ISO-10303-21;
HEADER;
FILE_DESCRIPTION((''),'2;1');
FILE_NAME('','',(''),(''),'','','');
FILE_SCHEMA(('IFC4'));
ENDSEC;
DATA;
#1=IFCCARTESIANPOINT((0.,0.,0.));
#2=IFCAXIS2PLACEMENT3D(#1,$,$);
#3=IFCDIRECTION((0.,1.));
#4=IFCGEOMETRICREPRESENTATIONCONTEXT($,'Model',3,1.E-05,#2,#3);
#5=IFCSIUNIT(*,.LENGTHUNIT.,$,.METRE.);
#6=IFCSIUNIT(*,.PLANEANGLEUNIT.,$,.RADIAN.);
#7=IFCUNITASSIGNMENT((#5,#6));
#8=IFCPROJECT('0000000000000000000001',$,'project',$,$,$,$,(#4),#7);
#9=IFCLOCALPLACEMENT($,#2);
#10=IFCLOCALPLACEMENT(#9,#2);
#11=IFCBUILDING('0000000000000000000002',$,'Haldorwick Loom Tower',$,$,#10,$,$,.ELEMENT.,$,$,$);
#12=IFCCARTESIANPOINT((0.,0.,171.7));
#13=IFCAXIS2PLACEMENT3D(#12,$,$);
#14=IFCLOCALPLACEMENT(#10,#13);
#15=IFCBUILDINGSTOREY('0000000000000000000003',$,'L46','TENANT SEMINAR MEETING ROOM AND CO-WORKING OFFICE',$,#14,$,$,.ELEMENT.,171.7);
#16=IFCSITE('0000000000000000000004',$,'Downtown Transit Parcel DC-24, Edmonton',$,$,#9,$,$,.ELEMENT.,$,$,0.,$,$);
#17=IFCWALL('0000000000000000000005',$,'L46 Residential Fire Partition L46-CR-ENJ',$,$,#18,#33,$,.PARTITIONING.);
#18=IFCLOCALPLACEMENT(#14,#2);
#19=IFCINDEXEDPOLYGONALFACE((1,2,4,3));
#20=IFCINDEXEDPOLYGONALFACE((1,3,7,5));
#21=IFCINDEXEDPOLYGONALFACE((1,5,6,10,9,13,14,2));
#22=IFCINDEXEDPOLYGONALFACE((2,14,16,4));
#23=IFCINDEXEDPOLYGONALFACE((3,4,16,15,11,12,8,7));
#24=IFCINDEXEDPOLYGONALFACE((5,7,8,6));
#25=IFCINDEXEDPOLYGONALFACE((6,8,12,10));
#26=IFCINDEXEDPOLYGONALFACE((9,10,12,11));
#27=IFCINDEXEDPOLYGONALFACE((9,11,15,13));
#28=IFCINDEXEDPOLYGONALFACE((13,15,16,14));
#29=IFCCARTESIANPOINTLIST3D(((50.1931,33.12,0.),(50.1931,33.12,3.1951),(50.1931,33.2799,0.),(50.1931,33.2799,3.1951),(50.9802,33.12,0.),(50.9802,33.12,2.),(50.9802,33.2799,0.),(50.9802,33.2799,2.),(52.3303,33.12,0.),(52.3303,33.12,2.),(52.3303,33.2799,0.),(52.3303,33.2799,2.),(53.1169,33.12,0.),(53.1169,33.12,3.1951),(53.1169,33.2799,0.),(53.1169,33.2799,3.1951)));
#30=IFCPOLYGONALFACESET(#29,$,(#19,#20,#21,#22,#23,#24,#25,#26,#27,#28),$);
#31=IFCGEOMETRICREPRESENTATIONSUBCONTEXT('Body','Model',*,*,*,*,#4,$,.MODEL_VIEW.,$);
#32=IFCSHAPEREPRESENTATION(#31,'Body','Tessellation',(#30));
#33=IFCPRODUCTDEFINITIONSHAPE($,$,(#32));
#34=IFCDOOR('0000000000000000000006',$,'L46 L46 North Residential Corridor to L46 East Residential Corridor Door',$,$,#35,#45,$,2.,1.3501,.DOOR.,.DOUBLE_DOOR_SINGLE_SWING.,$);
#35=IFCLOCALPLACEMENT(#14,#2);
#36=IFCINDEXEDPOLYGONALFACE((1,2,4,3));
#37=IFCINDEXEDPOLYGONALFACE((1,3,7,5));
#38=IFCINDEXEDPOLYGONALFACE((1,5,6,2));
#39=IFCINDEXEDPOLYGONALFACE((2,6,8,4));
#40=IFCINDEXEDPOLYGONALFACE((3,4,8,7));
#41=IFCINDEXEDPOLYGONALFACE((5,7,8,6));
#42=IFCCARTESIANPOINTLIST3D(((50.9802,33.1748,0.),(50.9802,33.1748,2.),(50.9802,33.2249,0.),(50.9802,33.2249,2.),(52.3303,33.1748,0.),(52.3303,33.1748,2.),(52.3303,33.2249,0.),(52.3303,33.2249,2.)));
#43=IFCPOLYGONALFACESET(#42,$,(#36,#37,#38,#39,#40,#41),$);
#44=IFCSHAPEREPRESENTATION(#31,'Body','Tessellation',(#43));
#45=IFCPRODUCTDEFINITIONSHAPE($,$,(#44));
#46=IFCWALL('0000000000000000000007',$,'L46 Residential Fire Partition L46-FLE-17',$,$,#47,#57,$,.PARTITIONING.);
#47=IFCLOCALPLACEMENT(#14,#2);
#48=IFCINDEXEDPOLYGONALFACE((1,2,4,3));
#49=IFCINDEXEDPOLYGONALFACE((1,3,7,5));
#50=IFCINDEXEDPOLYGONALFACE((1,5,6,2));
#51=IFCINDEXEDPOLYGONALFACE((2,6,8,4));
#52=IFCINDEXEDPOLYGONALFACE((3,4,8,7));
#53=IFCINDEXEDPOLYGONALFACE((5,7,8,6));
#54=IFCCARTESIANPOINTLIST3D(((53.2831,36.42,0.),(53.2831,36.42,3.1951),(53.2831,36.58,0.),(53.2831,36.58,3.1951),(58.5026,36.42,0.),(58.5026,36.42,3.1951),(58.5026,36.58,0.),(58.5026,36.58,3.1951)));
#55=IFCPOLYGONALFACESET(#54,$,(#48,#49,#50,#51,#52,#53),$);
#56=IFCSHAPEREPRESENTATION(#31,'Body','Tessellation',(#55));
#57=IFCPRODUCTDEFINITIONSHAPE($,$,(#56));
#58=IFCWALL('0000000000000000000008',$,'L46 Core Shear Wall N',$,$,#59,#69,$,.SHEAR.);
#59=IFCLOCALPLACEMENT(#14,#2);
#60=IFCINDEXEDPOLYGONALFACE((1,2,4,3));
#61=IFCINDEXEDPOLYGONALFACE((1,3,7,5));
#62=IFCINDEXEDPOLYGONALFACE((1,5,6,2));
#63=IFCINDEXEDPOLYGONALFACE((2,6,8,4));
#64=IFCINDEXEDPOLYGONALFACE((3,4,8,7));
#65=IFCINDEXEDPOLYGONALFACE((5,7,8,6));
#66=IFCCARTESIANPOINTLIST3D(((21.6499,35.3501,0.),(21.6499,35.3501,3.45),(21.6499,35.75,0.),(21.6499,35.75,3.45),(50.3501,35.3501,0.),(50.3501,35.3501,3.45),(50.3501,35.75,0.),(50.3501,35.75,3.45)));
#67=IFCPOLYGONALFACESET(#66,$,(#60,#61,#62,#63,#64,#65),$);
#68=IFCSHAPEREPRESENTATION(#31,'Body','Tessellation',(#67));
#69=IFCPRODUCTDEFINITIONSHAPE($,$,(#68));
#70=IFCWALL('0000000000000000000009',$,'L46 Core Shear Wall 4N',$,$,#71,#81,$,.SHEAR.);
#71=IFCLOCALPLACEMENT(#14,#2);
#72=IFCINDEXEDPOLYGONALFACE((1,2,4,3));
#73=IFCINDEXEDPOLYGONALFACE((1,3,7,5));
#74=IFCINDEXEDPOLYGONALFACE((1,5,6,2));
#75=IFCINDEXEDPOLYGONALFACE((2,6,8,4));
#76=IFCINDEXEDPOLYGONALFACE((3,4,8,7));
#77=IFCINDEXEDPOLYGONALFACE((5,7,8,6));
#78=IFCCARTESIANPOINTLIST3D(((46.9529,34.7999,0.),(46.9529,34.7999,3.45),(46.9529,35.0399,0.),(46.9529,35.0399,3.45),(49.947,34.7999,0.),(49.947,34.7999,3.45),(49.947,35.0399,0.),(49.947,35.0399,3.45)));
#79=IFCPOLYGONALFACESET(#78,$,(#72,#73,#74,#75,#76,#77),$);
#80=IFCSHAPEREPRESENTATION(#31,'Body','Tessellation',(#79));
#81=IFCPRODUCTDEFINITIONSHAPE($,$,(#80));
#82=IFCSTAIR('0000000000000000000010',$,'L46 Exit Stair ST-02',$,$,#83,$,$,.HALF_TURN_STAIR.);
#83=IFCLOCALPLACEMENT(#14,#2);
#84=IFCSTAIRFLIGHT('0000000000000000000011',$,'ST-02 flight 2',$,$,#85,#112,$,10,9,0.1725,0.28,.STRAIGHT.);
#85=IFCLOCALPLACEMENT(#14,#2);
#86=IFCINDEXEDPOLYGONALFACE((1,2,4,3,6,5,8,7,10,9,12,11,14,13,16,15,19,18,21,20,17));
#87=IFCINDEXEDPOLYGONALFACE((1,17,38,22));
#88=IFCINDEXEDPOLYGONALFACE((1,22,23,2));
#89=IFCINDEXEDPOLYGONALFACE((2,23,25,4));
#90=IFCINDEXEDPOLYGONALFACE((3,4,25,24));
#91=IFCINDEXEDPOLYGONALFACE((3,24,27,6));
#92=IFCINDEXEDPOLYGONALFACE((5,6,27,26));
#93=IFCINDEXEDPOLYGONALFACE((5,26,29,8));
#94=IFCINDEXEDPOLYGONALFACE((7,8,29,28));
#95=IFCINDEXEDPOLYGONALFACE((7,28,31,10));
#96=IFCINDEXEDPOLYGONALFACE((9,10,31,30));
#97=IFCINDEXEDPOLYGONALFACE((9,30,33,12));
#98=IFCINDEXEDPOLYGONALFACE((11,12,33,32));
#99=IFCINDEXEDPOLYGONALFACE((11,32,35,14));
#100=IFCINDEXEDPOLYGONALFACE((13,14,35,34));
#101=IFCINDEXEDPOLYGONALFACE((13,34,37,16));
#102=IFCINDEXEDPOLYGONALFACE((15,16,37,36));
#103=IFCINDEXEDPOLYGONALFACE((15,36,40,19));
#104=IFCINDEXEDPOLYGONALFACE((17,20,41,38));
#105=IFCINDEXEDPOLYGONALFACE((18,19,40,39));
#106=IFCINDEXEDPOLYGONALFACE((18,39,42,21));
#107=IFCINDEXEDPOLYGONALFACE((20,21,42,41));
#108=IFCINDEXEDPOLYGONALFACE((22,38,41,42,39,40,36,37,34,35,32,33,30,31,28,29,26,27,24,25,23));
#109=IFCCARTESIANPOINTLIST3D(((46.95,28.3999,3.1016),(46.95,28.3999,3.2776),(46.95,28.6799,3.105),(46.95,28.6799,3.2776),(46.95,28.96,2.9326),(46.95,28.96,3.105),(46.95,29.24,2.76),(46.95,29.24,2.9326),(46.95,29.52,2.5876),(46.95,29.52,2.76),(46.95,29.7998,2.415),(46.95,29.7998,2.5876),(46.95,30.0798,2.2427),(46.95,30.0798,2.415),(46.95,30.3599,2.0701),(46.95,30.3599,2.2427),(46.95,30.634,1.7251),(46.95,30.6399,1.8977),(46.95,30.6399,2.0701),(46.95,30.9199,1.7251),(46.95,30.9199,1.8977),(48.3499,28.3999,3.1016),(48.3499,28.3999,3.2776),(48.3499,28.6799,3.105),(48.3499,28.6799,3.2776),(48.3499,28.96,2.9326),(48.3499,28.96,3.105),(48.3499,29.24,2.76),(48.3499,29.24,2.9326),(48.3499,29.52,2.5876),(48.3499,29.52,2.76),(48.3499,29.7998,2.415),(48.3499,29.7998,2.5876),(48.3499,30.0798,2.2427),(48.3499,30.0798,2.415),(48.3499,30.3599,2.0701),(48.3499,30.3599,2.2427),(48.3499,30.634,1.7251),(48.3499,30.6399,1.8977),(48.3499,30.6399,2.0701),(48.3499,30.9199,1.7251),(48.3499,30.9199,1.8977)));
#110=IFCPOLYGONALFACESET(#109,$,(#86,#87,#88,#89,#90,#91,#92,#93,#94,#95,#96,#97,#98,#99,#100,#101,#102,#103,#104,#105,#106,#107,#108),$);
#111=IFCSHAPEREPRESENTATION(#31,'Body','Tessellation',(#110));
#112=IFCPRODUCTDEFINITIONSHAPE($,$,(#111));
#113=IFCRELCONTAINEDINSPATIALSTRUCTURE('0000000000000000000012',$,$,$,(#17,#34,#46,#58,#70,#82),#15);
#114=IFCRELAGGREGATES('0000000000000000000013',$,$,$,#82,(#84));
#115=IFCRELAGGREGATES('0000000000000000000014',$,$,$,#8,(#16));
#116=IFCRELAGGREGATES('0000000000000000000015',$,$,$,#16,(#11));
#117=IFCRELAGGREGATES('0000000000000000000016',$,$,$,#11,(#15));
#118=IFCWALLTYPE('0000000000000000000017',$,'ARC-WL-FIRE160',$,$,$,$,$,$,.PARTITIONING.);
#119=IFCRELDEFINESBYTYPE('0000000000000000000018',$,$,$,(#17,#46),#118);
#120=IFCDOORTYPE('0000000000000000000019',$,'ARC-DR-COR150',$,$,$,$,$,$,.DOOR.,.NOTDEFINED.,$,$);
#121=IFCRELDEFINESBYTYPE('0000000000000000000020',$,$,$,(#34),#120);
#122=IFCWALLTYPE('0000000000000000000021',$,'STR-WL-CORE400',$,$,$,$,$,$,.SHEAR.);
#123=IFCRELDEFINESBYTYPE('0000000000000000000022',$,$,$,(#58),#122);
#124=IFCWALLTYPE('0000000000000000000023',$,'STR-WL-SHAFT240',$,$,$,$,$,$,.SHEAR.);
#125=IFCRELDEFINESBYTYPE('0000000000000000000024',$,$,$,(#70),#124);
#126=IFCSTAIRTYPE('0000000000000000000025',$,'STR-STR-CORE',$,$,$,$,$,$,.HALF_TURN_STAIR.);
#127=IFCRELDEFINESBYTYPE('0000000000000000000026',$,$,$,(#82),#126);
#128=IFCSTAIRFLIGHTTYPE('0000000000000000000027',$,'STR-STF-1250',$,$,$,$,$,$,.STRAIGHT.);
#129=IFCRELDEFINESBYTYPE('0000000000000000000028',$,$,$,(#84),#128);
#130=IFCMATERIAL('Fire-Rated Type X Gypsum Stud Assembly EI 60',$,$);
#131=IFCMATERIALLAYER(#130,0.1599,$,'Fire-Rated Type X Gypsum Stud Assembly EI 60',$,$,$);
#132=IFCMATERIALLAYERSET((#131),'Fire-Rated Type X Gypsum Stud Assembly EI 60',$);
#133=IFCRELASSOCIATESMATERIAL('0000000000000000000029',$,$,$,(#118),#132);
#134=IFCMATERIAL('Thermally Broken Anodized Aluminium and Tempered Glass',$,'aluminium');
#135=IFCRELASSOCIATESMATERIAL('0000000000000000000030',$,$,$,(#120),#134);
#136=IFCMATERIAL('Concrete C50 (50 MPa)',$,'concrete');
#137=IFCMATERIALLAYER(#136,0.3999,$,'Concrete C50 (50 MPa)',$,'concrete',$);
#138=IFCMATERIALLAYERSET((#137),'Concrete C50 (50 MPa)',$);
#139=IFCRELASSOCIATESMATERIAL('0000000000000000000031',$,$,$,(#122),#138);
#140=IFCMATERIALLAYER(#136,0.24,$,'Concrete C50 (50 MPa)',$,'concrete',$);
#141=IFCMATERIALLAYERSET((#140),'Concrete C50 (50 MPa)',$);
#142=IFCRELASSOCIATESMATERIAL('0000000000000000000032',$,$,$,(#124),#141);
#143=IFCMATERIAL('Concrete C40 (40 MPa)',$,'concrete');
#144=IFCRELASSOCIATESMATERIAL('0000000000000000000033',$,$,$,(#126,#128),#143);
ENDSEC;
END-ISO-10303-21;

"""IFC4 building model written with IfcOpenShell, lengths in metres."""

from ifc_helpers import new_model, si_unit, direction, frame, frame_2d, origin, place, context, subcontext, project, spatial, polyline, rectangle, outline, extrude, material, layer, layer_set, type_object, element, fill, aggregate, save


model = new_model("IFC4")

# Units and contexts
model_context = context("Model", 3, precision=1e-05, world=origin(), true_north=direction((0.0, 1.0)))
body_context = subcontext(model_context, "Body", "Model", "MODEL_VIEW")
ifc_project = project(units=[si_unit("LENGTHUNIT", "METRE"), si_unit("PLANEANGLEUNIT", "RADIAN")], contexts=[model_context])

# Site, building, storey
site_placement = place(None, origin())
site = spatial("IfcSite", under=ifc_project, at=site_placement, Name="Downtown Transit Parcel DC-24, Edmonton", CompositionType="ELEMENT", RefElevation=0.0)
building_placement = place(site_placement, origin())
building = spatial("IfcBuilding", under=site, at=building_placement, Name="Haldorwick Loom Tower", CompositionType="ELEMENT")
storey_placement = place(building_placement, frame((0.0, 0.0, 171.7)))
storey = spatial("IfcBuildingStorey", under=building, at=storey_placement, Name="L46", Description="TENANT SEMINAR MEETING ROOM AND CO-WORKING OFFICE", CompositionType="ELEMENT", Elevation=171.7)

# Wall, opening, door
ifc_material_1 = material(Name="Fire-Rated Type X Gypsum Stud Assembly EI 60")
ifc_layer_1 = layer(ifc_material_1, 0.1599, Name="Fire-Rated Type X Gypsum Stud Assembly EI 60")
ifc_layer_set_1 = layer_set([ifc_layer_1], Name="Fire-Rated Type X Gypsum Stud Assembly EI 60")
wall_type_1 = type_object("IfcWallType", Name="ARC-WL-FIRE160", PredefinedType="PARTITIONING", material=ifc_layer_set_1)
wall_1_placement = place(storey_placement, frame((50.1931, 33.2, 0.0), z_axis=(0.0, 0.0, 1.0), x_axis=(1.0, 0.0, 0.0)))
wall_1 = element("IfcWall", 1, at=wall_1_placement, inside=storey, type_object=wall_type_1, Name="L46 Residential Fire Partition L46-CR-ENJ", PredefinedType="PARTITIONING", context=body_context, shape_type="SweptSolid", body=[
    extrude(rectangle(XDim=2.9238, YDim=0.1599, at=frame_2d((1.4619, 0.0))), origin(), (0.0, 0.0, 1.0), 3.1951),
])
opening_1_placement = place(wall_1_placement, frame((0.7871, 0.0, 0.0)))
opening_1 = element("IfcOpeningElement", 2, at=opening_1_placement, cuts=wall_1, PredefinedType="OPENING", context=body_context, shape_type="SweptSolid", body=[
    extrude(rectangle(XDim=1.3501, YDim=2.0, at=frame_2d((0.675, 1.0))), frame((0.0, 0.0898, 0.0), z_axis=(0.0, -1.0, 0.0), x_axis=(1.0, 0.0, 0.0)), (0.0, 0.0, 1.0), 0.1799),
])
ifc_material_2 = material(Name="Thermally Broken Anodized Aluminium and Tempered Glass", Category="aluminium")
door_type = type_object("IfcDoorType", Name="ARC-DR-COR150", OperationType="NOTDEFINED", PredefinedType="DOOR", material=ifc_material_2)
door_placement = place(opening_1_placement, origin())
door = element("IfcDoor", 3, at=door_placement, inside=storey, type_object=door_type, Name="L46 L46 North Residential Corridor to L46 East Residential Corridor Door", OperationType="DOUBLE_DOOR_SINGLE_SWING", OverallHeight=2.0, OverallWidth=1.3501, PredefinedType="DOOR", context=body_context, shape_type="SweptSolid", body=[
    extrude(rectangle(XDim=1.3501, YDim=2.0, at=frame_2d((0.675, 1.0))), frame((0.0, 0.0249, 0.0), z_axis=(0.0, -1.0, 0.0), x_axis=(1.0, 0.0, 0.0)), (0.0, 0.0, 1.0), 0.05),
])
fill(opening_1, door)

# Walls
wall_2_placement = place(storey_placement, frame((53.283, 36.5, 0.0), z_axis=(0.0, 0.0, 1.0), x_axis=(1.0, 0.0, 0.0)))
element("IfcWall", 4, at=wall_2_placement, inside=storey, type_object=wall_type_1, Name="L46 Residential Fire Partition L46-FLE-17", PredefinedType="PARTITIONING", context=body_context, shape_type="SweptSolid", body=[
    extrude(rectangle(XDim=5.2195, YDim=0.1599, at=frame_2d((2.6099, 0.0))), origin(), (0.0, 0.0, 1.0), 3.1951),
])
ifc_material_3 = material(Name="Concrete C50 (50 MPa)", Category="concrete")
ifc_layer_2 = layer(ifc_material_3, 0.3999, Name="Concrete C50 (50 MPa)", Category="concrete")
ifc_layer_set_2 = layer_set([ifc_layer_2], Name="Concrete C50 (50 MPa)")
wall_type_2 = type_object("IfcWallType", Name="STR-WL-CORE400", PredefinedType="SHEAR", material=ifc_layer_set_2)
wall_3_placement = place(storey_placement, frame((50.3501, 35.55, 0.0), z_axis=(0.0, 0.0, 1.0), x_axis=(-1.0, 0.0, 0.0)))
element("IfcWall", 5, at=wall_3_placement, inside=storey, type_object=wall_type_2, Name="L46 Core Shear Wall N", PredefinedType="SHEAR", context=body_context, shape_type="SweptSolid", body=[
    extrude(rectangle(XDim=28.7002, YDim=0.3999, at=frame_2d((14.3501, 0.0))), origin(), (0.0, 0.0, 1.0), 3.45),
])
ifc_layer_3 = layer(ifc_material_3, 0.24, Name="Concrete C50 (50 MPa)", Category="concrete")
ifc_layer_set_3 = layer_set([ifc_layer_3], Name="Concrete C50 (50 MPa)")
wall_type_3 = type_object("IfcWallType", Name="STR-WL-SHAFT240", PredefinedType="SHEAR", material=ifc_layer_set_3)
wall_4_placement = place(storey_placement, frame((46.9529, 34.9199, 0.0), z_axis=(0.0, 0.0, 1.0), x_axis=(1.0, 0.0, 0.0)))
element("IfcWall", 6, at=wall_4_placement, inside=storey, type_object=wall_type_3, Name="L46 Core Shear Wall 4N", PredefinedType="SHEAR", context=body_context, shape_type="SweptSolid", body=[
    extrude(rectangle(XDim=2.9941, YDim=0.24, at=frame_2d((1.4971, 0.0))), origin(), (0.0, 0.0, 1.0), 3.45),
])

# Stair, stair flight
ifc_material_4 = material(Name="Concrete C40 (40 MPa)", Category="concrete")
stair_type = type_object("IfcStairType", Name="STR-STR-CORE", PredefinedType="HALF_TURN_STAIR", material=ifc_material_4)
stair_placement = place(storey_placement, origin())
stair = element("IfcStair", 7, at=stair_placement, inside=storey, type_object=stair_type, Name="L46 Exit Stair ST-02", PredefinedType="HALF_TURN_STAIR")
stair_flight_type = type_object("IfcStairFlightType", Name="STR-STF-1250", PredefinedType="STRAIGHT", material=ifc_material_4)
stair_flight_placement = place(storey_placement, frame((47.6499, 30.9199, 1.7251), z_axis=(0.0, 0.0, 1.0), x_axis=(0.0, -1.0, 0.0)))
stair_flight = element("IfcStairFlight", 8, at=stair_flight_placement, type_object=stair_flight_type, Name="ST-02 flight 2", NumberOfRisers=10, NumberOfTreads=9, PredefinedType="STRAIGHT", RiserHeight=0.1725, TreadLength=0.28, context=body_context, shape_type="SweptSolid", body=[
    extrude(outline(polyline([(0.0, 0.0), (0.0, 0.1726), (0.28, 0.1726), (0.28, 0.345), (0.5601, 0.345), (0.5601, 0.5176), (0.8401, 0.5176), (0.8401, 0.6899), (1.1201, 0.6899), (1.1201, 0.8625), (1.3999, 0.8625), (1.3999, 1.0349), (1.6799, 1.0349), (1.6799, 1.2075), (1.96, 1.2075), (1.96, 1.3799), (2.24, 1.3799), (2.24, 1.5525), (2.52, 1.5525), (2.52, 1.7251), (2.52, 1.3765), (0.2859, 0.0), (0.0, 0.0)])), frame((0.0, 0.7, 0.0), z_axis=(0.0, -1.0, 0.0), x_axis=(1.0, 0.0, 0.0)), (0.0, 0.0, 1.0), 1.3999),
])
aggregate(stair, [stair_flight])

save(model, "model.ifc")
